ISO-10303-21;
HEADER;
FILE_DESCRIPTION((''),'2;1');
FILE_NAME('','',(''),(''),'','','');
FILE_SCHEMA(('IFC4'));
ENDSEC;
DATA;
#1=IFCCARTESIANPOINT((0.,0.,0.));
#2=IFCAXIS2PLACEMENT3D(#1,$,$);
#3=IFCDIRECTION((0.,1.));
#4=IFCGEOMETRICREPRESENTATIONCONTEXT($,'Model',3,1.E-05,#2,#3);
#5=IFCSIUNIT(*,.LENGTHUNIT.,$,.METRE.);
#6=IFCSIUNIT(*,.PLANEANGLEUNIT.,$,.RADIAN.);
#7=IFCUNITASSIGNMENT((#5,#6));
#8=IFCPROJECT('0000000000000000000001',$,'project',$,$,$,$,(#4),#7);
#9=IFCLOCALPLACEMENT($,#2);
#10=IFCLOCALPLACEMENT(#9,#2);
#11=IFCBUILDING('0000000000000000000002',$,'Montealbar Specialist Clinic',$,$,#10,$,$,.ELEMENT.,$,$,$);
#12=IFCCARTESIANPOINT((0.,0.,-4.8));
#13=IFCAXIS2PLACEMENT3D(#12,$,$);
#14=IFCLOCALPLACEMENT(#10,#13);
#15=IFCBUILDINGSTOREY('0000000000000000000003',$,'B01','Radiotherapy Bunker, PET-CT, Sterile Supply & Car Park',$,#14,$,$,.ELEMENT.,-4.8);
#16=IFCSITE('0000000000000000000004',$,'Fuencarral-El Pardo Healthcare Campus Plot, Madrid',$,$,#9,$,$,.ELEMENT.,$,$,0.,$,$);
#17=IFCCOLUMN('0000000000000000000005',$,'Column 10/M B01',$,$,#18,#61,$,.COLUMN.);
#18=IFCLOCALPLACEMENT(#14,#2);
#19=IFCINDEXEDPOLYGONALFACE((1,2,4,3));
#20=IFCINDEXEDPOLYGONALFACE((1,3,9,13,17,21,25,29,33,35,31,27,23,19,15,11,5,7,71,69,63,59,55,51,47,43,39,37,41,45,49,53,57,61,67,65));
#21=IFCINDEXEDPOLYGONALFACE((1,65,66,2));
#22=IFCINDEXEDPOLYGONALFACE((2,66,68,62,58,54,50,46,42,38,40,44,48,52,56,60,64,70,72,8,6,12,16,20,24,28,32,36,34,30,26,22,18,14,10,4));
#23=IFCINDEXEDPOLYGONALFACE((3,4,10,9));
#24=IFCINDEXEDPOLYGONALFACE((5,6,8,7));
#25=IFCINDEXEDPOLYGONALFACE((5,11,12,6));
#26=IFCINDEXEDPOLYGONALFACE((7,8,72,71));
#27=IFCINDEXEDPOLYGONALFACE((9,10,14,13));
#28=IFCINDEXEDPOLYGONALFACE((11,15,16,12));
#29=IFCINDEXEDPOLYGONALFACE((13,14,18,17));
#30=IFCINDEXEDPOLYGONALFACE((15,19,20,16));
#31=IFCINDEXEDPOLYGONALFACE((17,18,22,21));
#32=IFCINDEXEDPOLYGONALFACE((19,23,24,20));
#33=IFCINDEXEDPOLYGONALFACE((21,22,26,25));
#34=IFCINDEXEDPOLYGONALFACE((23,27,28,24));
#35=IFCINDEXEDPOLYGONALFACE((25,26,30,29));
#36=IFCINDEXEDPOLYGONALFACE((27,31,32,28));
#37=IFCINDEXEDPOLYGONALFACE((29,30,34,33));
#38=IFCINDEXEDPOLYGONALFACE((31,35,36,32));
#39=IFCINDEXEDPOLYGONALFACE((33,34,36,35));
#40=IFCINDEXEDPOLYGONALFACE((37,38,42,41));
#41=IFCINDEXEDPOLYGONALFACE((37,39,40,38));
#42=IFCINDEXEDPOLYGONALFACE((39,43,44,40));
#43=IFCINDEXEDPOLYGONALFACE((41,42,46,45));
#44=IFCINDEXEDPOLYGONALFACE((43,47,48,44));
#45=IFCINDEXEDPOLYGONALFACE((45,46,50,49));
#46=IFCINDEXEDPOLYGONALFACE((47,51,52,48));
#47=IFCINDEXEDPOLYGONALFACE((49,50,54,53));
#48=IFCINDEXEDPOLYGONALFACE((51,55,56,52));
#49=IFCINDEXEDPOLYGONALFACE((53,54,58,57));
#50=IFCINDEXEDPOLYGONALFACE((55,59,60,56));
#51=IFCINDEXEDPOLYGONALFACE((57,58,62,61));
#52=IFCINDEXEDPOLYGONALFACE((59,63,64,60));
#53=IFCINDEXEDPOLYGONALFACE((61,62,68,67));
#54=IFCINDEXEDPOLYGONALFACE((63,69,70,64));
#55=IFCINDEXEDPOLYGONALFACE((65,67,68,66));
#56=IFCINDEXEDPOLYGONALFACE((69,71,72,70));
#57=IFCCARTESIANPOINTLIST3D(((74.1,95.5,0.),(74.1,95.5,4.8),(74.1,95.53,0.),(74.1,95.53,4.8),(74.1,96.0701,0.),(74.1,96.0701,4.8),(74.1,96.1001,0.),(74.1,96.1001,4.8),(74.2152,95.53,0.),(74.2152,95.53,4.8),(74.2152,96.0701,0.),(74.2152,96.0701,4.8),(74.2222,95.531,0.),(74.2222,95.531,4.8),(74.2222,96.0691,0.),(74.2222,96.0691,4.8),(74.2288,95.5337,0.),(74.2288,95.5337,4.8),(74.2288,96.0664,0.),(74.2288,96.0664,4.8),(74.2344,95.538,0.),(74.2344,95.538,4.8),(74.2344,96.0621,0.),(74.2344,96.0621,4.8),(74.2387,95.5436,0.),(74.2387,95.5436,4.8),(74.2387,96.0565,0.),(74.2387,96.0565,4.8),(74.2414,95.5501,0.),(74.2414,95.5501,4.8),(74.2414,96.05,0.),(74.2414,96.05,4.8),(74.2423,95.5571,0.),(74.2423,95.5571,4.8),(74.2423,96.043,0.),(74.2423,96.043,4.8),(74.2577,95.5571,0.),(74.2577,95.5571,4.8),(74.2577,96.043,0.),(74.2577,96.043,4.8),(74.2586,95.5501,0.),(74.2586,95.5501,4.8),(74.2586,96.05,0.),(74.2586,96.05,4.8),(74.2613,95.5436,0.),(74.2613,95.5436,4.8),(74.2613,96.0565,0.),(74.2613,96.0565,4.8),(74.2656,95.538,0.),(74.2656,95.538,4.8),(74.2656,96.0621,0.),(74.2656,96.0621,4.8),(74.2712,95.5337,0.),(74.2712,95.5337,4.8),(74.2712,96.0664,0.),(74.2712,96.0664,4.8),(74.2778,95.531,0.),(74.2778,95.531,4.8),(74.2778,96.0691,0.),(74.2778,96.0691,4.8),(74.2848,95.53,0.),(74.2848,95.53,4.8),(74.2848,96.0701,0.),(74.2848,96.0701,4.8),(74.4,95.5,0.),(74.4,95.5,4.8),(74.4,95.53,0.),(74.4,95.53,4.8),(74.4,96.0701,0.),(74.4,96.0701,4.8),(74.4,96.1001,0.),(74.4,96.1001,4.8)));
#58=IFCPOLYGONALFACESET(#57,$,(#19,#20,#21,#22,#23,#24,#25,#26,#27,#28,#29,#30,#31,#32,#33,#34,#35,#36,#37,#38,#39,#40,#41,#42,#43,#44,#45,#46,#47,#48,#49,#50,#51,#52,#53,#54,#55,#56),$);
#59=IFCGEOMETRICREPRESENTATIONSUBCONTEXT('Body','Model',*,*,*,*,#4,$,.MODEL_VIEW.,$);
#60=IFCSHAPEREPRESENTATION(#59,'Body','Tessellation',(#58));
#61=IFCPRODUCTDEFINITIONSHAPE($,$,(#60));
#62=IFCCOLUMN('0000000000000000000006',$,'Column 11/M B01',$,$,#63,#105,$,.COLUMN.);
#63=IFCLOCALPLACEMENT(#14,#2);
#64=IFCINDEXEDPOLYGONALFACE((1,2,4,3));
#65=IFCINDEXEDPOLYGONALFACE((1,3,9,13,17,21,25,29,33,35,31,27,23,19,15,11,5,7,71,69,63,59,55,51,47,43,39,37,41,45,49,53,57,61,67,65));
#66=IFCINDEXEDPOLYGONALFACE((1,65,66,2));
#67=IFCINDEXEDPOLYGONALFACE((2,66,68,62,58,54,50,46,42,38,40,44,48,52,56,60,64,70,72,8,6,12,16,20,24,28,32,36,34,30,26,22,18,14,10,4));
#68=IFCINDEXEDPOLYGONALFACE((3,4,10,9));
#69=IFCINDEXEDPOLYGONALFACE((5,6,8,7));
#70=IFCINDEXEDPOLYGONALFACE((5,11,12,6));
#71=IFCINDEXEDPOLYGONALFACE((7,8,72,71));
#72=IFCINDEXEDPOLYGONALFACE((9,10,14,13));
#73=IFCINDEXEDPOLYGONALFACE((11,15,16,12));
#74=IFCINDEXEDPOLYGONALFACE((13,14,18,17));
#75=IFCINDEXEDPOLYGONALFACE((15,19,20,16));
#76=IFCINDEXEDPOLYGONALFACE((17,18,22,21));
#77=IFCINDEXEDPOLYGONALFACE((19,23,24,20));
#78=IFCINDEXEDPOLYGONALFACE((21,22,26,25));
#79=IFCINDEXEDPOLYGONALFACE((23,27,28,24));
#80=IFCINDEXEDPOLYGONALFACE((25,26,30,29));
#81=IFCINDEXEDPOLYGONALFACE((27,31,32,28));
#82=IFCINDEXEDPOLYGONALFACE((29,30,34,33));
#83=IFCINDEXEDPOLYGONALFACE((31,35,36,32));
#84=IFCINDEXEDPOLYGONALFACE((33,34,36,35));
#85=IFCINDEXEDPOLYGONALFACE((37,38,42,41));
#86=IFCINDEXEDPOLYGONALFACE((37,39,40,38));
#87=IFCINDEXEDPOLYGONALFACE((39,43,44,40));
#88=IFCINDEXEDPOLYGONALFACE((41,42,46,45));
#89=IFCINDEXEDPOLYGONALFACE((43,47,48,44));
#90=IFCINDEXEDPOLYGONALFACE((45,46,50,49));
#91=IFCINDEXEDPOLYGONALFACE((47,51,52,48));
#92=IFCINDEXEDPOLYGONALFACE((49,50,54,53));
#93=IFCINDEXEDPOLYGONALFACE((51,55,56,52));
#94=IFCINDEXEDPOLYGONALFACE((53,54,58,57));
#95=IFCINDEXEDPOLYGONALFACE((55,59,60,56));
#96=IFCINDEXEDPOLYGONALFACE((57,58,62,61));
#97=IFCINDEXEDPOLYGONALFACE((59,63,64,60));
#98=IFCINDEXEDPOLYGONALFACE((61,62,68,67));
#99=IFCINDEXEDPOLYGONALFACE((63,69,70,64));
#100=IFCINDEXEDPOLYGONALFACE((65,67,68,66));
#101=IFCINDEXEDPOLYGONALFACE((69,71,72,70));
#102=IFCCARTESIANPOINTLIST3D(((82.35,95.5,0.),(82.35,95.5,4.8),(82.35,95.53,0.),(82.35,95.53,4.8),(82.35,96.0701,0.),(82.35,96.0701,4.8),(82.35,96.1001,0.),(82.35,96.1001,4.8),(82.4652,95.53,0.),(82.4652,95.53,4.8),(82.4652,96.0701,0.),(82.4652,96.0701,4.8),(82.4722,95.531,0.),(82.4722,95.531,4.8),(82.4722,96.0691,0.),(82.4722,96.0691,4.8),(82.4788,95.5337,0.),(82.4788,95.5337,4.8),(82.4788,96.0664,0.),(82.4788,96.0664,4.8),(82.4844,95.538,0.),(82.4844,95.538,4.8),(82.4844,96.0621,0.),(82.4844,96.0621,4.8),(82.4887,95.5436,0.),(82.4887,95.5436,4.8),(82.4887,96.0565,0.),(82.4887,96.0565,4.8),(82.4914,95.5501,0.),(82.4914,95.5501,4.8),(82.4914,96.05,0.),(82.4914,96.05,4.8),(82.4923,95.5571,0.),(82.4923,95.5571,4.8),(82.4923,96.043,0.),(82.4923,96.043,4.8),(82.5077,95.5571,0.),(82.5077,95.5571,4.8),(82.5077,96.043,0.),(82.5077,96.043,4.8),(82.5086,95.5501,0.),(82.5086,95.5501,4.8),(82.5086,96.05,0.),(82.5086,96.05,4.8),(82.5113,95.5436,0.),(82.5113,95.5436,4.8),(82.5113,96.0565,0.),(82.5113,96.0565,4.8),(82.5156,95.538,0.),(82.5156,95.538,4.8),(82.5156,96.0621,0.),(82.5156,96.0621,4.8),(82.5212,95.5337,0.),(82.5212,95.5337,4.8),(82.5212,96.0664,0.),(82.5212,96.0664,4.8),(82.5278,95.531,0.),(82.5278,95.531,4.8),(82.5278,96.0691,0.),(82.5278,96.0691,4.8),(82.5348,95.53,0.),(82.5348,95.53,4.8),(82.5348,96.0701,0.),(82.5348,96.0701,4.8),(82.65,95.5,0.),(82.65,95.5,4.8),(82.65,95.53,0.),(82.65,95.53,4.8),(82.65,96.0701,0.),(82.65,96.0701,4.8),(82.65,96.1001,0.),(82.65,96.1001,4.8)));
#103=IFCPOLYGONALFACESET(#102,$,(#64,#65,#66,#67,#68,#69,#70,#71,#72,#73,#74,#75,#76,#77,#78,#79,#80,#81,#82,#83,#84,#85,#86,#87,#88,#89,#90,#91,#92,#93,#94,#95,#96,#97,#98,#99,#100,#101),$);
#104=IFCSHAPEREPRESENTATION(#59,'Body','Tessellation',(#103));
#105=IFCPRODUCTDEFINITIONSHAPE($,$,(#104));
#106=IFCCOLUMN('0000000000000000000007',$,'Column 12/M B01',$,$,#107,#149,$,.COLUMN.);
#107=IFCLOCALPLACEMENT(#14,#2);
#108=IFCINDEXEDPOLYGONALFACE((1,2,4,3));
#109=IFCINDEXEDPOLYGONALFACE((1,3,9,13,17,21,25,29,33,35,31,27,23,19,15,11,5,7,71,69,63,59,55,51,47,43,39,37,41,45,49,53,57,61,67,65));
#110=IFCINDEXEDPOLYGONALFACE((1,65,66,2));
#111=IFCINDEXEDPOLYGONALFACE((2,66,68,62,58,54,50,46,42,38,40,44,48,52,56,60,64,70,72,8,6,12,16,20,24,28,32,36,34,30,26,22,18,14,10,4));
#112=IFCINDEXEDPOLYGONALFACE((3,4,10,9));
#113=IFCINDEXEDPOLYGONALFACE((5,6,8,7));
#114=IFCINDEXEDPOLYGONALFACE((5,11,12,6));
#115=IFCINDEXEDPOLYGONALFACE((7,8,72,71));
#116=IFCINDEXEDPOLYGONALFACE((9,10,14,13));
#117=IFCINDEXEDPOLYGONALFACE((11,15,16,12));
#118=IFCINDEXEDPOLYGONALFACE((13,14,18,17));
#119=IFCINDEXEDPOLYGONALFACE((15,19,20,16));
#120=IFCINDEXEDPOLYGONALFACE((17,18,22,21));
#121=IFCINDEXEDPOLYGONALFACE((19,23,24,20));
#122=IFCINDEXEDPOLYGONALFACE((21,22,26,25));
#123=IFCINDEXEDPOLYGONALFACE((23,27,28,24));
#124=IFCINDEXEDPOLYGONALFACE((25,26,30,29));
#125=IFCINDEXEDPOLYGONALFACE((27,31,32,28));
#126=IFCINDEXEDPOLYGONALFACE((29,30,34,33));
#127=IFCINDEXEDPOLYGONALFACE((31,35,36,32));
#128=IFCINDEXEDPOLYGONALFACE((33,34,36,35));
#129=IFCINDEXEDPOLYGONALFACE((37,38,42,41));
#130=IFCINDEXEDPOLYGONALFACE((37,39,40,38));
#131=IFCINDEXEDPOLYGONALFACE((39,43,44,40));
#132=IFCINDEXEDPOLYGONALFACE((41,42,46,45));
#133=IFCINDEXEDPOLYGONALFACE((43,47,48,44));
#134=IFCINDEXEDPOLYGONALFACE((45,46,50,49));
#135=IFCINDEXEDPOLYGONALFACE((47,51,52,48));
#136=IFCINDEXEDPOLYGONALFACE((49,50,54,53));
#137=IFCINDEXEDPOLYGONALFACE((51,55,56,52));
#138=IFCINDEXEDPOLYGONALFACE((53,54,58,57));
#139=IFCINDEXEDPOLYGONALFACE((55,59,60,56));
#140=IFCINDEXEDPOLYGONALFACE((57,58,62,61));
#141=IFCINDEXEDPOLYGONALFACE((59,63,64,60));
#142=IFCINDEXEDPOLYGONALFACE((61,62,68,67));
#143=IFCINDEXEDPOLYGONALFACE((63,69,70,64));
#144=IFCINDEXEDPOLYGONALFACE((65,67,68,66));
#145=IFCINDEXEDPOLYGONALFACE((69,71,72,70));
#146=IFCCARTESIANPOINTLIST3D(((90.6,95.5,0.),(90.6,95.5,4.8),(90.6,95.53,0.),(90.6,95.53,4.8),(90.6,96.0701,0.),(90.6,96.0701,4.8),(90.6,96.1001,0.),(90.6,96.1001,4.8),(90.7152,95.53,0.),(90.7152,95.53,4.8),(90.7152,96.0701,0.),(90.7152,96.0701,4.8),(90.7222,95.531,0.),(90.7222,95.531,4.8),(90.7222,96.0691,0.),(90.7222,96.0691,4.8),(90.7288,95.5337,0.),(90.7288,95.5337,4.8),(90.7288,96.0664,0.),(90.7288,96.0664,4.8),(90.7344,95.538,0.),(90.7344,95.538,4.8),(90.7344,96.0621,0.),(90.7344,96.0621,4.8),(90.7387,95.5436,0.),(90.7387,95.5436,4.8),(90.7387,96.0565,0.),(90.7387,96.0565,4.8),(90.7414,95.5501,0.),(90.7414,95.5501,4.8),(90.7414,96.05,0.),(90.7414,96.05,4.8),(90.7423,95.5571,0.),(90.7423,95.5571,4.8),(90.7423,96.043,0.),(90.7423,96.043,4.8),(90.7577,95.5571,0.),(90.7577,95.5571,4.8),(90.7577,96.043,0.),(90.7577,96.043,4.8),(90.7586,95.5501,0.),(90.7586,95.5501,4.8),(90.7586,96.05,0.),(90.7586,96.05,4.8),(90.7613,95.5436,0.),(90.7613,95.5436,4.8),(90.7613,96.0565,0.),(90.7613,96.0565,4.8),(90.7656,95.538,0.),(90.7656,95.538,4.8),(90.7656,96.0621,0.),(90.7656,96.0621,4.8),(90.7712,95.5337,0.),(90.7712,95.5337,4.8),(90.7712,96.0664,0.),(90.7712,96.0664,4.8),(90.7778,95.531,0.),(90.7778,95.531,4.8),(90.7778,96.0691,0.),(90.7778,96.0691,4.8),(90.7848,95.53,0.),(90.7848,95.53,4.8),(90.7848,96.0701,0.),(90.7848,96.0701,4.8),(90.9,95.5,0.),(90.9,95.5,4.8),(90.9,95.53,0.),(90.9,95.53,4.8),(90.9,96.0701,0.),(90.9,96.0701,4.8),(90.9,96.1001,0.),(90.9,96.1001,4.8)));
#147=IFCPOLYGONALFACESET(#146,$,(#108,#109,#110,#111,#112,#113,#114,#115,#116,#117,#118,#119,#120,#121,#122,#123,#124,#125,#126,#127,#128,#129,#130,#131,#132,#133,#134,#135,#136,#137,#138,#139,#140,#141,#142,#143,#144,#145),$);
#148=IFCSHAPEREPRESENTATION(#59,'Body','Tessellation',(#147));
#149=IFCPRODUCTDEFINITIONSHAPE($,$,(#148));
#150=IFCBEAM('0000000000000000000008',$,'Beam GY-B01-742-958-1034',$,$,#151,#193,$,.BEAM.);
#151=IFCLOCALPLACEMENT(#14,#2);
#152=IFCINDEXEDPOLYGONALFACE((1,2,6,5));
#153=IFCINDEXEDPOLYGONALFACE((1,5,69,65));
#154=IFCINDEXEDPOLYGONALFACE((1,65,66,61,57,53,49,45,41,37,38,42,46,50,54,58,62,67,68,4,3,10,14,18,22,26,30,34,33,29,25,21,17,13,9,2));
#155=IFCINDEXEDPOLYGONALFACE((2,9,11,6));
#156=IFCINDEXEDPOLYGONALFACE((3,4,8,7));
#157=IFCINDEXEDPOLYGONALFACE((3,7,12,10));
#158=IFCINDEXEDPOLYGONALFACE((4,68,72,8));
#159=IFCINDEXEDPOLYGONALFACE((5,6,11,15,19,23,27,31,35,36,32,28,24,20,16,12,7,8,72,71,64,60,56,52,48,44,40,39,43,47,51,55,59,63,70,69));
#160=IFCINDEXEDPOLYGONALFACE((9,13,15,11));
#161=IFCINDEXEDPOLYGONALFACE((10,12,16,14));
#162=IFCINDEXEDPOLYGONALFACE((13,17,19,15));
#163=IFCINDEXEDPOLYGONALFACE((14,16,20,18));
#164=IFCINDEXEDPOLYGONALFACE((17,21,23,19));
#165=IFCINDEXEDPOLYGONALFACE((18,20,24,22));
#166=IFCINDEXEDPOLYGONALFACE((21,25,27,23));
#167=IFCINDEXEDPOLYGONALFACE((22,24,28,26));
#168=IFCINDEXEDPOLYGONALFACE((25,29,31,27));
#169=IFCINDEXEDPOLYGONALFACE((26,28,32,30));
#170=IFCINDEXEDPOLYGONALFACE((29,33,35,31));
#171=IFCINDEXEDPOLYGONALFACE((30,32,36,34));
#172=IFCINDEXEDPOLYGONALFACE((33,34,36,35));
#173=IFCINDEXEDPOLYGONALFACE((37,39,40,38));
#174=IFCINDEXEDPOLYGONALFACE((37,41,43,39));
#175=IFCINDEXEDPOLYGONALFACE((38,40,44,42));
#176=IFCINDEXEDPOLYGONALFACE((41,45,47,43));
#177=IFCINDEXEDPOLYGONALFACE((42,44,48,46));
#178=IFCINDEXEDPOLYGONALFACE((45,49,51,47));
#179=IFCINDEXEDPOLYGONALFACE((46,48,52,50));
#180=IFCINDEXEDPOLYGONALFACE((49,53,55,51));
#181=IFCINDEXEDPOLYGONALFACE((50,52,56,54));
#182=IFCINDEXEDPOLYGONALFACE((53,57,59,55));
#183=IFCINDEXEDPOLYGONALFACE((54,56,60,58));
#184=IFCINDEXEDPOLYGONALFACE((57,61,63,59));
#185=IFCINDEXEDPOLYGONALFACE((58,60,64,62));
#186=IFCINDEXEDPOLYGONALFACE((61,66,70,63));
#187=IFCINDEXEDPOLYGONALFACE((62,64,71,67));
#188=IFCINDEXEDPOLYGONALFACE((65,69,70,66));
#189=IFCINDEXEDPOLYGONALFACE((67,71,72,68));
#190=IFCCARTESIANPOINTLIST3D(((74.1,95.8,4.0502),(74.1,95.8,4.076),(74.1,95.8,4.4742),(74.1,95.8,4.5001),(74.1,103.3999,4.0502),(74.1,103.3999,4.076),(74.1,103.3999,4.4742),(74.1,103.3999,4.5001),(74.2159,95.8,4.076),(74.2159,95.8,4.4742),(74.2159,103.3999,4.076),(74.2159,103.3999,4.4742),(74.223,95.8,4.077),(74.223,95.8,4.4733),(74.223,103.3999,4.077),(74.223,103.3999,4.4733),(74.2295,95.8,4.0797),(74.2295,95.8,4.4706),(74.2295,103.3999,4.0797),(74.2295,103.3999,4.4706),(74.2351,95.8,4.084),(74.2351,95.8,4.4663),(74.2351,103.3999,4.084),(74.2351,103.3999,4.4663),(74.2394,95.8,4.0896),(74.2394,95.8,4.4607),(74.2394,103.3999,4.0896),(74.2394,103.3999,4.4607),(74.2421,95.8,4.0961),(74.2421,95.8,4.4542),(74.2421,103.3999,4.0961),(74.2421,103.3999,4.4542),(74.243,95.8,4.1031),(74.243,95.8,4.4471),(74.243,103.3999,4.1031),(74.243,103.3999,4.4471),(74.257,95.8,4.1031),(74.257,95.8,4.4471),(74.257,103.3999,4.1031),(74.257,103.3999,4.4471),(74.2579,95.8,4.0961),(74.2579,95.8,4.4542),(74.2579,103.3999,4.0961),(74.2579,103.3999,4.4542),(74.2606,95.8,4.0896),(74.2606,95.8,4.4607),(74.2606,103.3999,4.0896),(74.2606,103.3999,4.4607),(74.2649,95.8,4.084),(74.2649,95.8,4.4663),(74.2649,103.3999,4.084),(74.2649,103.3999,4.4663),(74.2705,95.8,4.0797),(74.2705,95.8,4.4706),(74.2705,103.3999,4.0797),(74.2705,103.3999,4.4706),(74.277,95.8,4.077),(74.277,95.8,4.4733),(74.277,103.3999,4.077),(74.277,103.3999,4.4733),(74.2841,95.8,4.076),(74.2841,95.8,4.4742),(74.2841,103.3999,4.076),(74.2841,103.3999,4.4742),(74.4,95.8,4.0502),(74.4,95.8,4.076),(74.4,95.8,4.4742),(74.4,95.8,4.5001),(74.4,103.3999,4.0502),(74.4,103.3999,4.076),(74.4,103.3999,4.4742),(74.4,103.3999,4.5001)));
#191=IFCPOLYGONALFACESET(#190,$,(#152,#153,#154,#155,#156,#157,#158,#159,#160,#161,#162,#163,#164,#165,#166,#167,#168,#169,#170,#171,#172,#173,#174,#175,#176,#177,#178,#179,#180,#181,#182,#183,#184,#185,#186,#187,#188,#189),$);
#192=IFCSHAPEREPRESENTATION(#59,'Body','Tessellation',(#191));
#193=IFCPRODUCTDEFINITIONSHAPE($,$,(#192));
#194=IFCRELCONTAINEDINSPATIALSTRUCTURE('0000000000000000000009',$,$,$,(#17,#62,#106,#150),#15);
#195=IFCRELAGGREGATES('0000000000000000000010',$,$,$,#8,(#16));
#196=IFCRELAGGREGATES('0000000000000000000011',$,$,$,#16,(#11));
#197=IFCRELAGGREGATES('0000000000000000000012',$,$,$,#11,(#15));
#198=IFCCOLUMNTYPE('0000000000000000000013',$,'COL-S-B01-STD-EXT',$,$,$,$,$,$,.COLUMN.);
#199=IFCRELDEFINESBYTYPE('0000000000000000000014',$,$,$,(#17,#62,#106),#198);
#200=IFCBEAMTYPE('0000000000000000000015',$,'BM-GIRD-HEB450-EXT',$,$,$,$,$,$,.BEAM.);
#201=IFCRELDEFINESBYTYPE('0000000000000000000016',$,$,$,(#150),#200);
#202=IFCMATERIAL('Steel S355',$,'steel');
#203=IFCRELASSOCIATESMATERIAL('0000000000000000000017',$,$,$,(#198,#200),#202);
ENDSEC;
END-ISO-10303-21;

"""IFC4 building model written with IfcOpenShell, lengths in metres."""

from ifc_helpers import new_model, si_unit, direction, frame, origin, origin_2d, place, context, subcontext, project, spatial, i_section, extrude, material, material_profile, profile_set, type_object, element, save


model = new_model("IFC4")

# Units and contexts
model_context = context("Model", 3, precision=1e-05, world=origin(), true_north=direction((0.0, 1.0)))
body_context = subcontext(model_context, "Body", "Model", "MODEL_VIEW")
ifc_project = project(units=[si_unit("LENGTHUNIT", "METRE"), si_unit("PLANEANGLEUNIT", "RADIAN")], contexts=[model_context])

# Site, building, storey
site_placement = place(None, origin())
site = spatial("IfcSite", under=ifc_project, at=site_placement, Name="Fuencarral-El Pardo Healthcare Campus Plot, Madrid", CompositionType="ELEMENT", RefElevation=0.0)
building_placement = place(site_placement, origin())
building = spatial("IfcBuilding", under=site, at=building_placement, Name="Montealbar Specialist Clinic", CompositionType="ELEMENT")
storey_placement = place(building_placement, frame((0.0, 0.0, -4.8)))
storey = spatial("IfcBuildingStorey", under=building, at=storey_placement, Name="B01", Description="Radiotherapy Bunker, PET-CT, Sterile Supply & Car Park", CompositionType="ELEMENT", Elevation=-4.8)

# Columns
ifc_material_1 = material(Name="Steel S355", Category="steel")
ifc_material_profile_1 = material_profile(ifc_material_1, i_section(OverallWidth=0.3, OverallDepth=0.6001, WebThickness=0.0154, FlangeThickness=0.03, FilletRadius=0.0271, at=origin_2d()), Name="HEB 600", Category="steel")
ifc_profile_set_1 = profile_set([ifc_material_profile_1], Name="Steel S355")
column_type_1 = type_object("IfcColumnType", Name="COL-S-B01-STD-EXT", PredefinedType="COLUMN", material=ifc_profile_set_1)
for number, where, z_axis, x_axis, name in (
    (1, (74.25, 95.8, 0.0), (0.0, 0.0, 1.0), (1.0, 0.0, 0.0), "Column 10/M B01"),
    (2, (82.5, 95.8, 0.0), (0.0, 0.0, 1.0), (1.0, 0.0, 0.0), "Column 11/M B01"),
    (3, (90.75, 95.8, 0.0), (0.0, 0.0, 1.0), (1.0, 0.0, 0.0), "Column 12/M B01"),
):
    element("IfcColumn", number, at=place(storey_placement, frame(where, z_axis=z_axis, x_axis=x_axis)), inside=storey, type_object=column_type_1, Name=name, PredefinedType="COLUMN", context=body_context, shape_type="SweptSolid", body=[
        extrude(i_section(OverallWidth=0.3, OverallDepth=0.6001, WebThickness=0.0154, FlangeThickness=0.03, FilletRadius=0.0271, at=origin_2d()), origin(), (0.0, 0.0, 1.0), 4.8),
    ])

# Beam
ifc_material_profile_2 = material_profile(ifc_material_1, i_section(OverallWidth=0.3, OverallDepth=0.45, WebThickness=0.0139, FlangeThickness=0.0259, FilletRadius=0.0271, at=origin_2d()), Name="HEB 450", Category="steel")
ifc_profile_set_2 = profile_set([ifc_material_profile_2], Name="Steel S355")
beam_type_1 = type_object("IfcBeamType", Name="BM-GIRD-HEB450-EXT", PredefinedType="BEAM", material=ifc_profile_set_2)
for number, where, z_axis, x_axis, name in (
    (4, (74.25, 95.8, 4.2751), (0.0, 1.0, 0.0), (-1.0, 0.0, 0.0), "Beam GY-B01-742-958-1034"),
):
    element("IfcBeam", number, at=place(storey_placement, frame(where, z_axis=z_axis, x_axis=x_axis)), inside=storey, type_object=beam_type_1, Name=name, PredefinedType="BEAM", context=body_context, shape_type="SweptSolid", body=[
        extrude(i_section(OverallWidth=0.3, OverallDepth=0.45, WebThickness=0.0139, FlangeThickness=0.0259, FilletRadius=0.0271, at=origin_2d()), origin(), (0.0, 0.0, 1.0), 7.5999),
    ])

save(model, "model.ifc")
